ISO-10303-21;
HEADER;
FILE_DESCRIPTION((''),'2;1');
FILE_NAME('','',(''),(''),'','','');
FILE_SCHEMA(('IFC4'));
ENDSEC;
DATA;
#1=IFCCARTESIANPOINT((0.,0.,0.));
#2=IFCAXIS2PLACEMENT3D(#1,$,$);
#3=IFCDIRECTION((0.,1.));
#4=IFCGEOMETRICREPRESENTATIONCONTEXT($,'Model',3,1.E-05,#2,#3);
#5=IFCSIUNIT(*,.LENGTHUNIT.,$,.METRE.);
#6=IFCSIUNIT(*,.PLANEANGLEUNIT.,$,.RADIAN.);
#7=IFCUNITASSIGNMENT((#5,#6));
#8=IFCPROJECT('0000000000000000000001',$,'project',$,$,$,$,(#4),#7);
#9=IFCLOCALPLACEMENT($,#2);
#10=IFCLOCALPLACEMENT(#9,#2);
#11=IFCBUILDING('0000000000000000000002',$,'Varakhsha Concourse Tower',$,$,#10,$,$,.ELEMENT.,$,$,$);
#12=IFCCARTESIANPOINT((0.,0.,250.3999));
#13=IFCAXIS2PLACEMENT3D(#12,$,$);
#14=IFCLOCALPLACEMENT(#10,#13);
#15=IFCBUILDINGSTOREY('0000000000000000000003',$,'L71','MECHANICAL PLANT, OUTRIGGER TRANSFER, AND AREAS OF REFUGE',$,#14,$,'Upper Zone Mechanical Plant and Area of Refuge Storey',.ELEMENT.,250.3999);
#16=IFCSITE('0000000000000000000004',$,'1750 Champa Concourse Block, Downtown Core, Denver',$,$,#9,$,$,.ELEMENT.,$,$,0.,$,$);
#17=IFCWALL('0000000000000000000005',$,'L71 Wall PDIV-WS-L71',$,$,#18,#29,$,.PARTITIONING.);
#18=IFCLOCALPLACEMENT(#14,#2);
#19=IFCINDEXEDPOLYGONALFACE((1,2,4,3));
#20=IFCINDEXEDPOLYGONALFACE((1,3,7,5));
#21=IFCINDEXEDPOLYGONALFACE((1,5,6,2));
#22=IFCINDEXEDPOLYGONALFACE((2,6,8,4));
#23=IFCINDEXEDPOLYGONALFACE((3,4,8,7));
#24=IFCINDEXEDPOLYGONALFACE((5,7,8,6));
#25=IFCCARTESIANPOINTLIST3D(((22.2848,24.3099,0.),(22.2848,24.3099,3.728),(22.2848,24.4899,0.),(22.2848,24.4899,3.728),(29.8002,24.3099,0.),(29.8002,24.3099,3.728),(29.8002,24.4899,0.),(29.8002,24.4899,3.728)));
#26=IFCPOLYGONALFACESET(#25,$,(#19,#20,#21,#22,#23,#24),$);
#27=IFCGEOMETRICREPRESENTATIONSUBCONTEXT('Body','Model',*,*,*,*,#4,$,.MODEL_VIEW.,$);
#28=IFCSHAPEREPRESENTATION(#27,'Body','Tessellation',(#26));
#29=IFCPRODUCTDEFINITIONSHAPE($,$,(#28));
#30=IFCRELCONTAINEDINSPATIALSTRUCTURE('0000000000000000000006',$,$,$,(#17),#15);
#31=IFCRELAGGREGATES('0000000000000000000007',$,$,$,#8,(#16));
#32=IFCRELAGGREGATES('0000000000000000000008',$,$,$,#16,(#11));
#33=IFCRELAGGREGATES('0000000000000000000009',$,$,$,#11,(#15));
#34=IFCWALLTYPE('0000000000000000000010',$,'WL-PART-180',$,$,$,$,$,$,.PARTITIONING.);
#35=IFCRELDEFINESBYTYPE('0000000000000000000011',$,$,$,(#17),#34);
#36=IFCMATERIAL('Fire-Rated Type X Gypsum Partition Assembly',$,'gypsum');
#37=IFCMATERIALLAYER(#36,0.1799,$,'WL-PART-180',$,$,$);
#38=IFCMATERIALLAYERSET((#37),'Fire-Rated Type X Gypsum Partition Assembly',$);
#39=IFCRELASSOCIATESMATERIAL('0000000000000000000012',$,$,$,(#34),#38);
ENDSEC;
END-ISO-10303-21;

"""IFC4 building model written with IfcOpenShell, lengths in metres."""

from ifc_helpers import new_model, si_unit, direction, frame, frame_2d, origin, place, context, subcontext, project, spatial, rectangle, extrude, material, layer, layer_set, type_object, element, save


model = new_model("IFC4")

# Units and contexts
model_context = context("Model", 3, precision=1e-05, world=origin(), true_north=direction((0.0, 1.0)))
body_context = subcontext(model_context, "Body", "Model", "MODEL_VIEW")
ifc_project = project(units=[si_unit("LENGTHUNIT", "METRE"), si_unit("PLANEANGLEUNIT", "RADIAN")], contexts=[model_context])

# Site, building, storey
site_placement = place(None, origin())
site = spatial("IfcSite", under=ifc_project, at=site_placement, Name="1750 Champa Concourse Block, Downtown Core, Denver", CompositionType="ELEMENT", RefElevation=0.0)
building_placement = place(site_placement, origin())
building = spatial("IfcBuilding", under=site, at=building_placement, Name="Varakhsha Concourse Tower", CompositionType="ELEMENT")
storey_placement = place(building_placement, frame((0.0, 0.0, 250.3999)))
storey = spatial("IfcBuildingStorey", under=building, at=storey_placement, Name="L71", Description="MECHANICAL PLANT, OUTRIGGER TRANSFER, AND AREAS OF REFUGE", LongName="Upper Zone Mechanical Plant and Area of Refuge Storey", CompositionType="ELEMENT", Elevation=250.3999)

# Shared definitions
ifc_material_1 = material(Name="Fire-Rated Type X Gypsum Partition Assembly", Category="gypsum")
ifc_layer_1 = layer(ifc_material_1, 0.1799, Name="WL-PART-180")
ifc_layer_set_1 = layer_set([ifc_layer_1], Name="Fire-Rated Type X Gypsum Partition Assembly")
wall_type = type_object("IfcWallType", Name="WL-PART-180", PredefinedType="PARTITIONING", material=ifc_layer_set_1)

# Wall
wall_1_placement = place(storey_placement, frame((22.2847, 24.3999, 0.0), z_axis=(0.0, 0.0, 1.0), x_axis=(1.0, 0.0, 0.0)))
element("IfcWall", 1, at=wall_1_placement, inside=storey, type_object=wall_type, Name="L71 Wall PDIV-WS-L71", PredefinedType="PARTITIONING", context=body_context, shape_type="SweptSolid", body=[
    extrude(rectangle(XDim=7.5154, YDim=0.1799, at=frame_2d((3.7578, 0.0))), origin(), (0.0, 0.0, 1.0), 3.728),
])

save(model, "model.ifc")
